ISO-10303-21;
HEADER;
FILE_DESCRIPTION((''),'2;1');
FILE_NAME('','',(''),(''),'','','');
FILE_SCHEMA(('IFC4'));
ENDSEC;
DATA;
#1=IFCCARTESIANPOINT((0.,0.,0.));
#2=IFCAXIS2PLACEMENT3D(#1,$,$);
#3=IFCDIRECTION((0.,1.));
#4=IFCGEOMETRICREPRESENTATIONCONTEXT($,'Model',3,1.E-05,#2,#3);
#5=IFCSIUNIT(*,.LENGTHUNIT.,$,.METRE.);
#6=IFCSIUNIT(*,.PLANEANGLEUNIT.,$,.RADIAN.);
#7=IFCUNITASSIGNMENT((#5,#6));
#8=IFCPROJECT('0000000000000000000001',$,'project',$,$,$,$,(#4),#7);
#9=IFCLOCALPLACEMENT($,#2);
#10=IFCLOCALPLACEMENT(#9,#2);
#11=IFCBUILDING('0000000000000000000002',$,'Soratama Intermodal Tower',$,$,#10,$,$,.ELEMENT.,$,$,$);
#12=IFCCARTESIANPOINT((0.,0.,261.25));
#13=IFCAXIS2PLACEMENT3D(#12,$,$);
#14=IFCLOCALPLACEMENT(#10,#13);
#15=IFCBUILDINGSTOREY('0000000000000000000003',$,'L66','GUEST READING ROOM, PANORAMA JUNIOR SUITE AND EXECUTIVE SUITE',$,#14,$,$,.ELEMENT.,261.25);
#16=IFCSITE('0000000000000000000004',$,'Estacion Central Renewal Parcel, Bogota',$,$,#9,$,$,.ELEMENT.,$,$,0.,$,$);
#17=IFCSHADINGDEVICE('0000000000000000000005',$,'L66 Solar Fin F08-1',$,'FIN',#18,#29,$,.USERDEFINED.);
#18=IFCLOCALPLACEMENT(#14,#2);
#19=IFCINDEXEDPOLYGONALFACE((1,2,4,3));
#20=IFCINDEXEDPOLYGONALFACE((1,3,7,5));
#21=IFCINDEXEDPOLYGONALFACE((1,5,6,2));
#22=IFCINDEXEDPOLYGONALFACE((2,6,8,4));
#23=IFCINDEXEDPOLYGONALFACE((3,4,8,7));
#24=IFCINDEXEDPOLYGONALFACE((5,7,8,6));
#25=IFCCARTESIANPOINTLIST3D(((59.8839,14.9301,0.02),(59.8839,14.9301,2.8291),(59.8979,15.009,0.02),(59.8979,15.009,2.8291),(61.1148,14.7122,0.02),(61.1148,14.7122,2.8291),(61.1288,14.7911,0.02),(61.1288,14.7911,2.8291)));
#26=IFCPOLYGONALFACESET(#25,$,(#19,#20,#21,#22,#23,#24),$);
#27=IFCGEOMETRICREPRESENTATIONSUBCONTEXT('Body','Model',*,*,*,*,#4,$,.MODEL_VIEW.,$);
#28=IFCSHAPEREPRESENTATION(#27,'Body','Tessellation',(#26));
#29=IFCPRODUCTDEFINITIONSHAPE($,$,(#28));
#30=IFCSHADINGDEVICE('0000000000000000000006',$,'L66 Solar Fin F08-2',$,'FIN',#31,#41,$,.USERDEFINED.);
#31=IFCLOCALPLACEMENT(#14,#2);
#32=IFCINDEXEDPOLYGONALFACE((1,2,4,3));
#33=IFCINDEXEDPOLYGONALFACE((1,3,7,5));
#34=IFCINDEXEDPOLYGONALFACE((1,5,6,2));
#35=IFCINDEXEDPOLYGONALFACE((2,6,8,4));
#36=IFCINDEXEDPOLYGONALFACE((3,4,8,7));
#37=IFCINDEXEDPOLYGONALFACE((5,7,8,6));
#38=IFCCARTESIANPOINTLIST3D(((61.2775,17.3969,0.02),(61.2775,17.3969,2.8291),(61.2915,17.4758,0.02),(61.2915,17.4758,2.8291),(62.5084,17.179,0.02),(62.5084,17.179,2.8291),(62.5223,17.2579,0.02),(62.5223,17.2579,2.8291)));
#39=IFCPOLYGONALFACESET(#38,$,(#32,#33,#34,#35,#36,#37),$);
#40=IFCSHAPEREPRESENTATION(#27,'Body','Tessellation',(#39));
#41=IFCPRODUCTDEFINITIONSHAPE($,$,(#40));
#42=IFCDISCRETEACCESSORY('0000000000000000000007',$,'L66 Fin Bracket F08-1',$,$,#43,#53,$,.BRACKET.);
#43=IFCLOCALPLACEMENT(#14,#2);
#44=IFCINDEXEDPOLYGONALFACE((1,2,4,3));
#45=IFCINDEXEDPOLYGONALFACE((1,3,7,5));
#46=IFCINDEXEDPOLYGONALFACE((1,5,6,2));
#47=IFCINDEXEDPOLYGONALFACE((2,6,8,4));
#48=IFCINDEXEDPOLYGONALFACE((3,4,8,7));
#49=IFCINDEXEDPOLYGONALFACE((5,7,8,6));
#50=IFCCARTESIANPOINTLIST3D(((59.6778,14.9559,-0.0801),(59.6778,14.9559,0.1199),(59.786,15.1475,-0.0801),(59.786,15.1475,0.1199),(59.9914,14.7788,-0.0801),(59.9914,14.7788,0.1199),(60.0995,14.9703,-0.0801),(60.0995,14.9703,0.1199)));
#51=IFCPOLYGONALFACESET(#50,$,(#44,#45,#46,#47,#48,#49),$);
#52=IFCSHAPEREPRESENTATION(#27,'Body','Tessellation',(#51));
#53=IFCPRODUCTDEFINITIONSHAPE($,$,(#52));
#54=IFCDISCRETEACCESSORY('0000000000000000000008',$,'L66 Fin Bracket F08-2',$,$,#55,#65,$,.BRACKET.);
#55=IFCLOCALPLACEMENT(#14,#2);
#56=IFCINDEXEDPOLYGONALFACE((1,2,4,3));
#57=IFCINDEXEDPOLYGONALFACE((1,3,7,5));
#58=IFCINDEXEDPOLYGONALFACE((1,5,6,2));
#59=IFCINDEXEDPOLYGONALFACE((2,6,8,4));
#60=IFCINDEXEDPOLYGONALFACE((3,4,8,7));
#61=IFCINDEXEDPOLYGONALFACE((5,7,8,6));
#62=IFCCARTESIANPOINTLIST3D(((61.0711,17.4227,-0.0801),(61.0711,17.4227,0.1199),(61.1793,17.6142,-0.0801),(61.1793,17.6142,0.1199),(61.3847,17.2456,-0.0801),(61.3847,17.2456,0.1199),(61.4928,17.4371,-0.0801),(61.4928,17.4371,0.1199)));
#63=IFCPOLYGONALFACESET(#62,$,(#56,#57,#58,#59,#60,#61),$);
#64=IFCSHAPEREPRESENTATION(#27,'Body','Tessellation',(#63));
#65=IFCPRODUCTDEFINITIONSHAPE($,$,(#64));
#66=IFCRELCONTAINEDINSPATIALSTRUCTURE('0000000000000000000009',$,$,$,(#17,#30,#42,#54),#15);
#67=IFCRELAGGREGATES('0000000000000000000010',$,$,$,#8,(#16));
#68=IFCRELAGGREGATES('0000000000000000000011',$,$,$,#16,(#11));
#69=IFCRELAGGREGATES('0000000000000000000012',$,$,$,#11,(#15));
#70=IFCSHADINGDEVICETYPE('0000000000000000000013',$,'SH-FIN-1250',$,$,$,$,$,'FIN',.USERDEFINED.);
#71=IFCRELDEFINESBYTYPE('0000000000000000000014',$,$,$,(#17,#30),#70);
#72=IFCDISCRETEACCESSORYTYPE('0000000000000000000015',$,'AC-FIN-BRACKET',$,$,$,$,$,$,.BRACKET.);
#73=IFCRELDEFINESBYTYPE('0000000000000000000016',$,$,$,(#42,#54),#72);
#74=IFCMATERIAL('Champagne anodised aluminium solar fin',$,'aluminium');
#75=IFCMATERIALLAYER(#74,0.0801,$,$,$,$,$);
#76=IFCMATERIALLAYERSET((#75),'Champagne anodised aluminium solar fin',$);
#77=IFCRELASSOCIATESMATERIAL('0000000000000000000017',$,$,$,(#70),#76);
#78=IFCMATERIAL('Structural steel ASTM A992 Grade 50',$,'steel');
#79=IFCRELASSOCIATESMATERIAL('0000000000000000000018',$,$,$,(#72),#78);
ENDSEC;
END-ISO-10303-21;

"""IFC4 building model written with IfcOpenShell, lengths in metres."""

from ifc_helpers import new_model, si_unit, direction, frame, origin, origin_2d, place, context, subcontext, project, spatial, rectangle, extrude, material, layer, layer_set, type_object, element, save


model = new_model("IFC4")

# Units and contexts
model_context = context("Model", 3, precision=1e-05, world=origin(), true_north=direction((0.0, 1.0)))
body_context = subcontext(model_context, "Body", "Model", "MODEL_VIEW")
ifc_project = project(units=[si_unit("LENGTHUNIT", "METRE"), si_unit("PLANEANGLEUNIT", "RADIAN")], contexts=[model_context])

# Site, building, storey
site_placement = place(None, origin())
site = spatial("IfcSite", under=ifc_project, at=site_placement, Name="Estacion Central Renewal Parcel, Bogota", CompositionType="ELEMENT", RefElevation=0.0)
building_placement = place(site_placement, origin())
building = spatial("IfcBuilding", under=site, at=building_placement, Name="Soratama Intermodal Tower", CompositionType="ELEMENT")
storey_placement = place(building_placement, frame((0.0, 0.0, 261.25)))
storey = spatial("IfcBuildingStorey", under=building, at=storey_placement, Name="L66", Description="GUEST READING ROOM, PANORAMA JUNIOR SUITE AND EXECUTIVE SUITE", CompositionType="ELEMENT", Elevation=261.25)

# Shading devices
ifc_material_1 = material(Name="Champagne anodised aluminium solar fin", Category="aluminium")
ifc_layer_1 = layer(ifc_material_1, 0.0801)
ifc_layer_set_1 = layer_set([ifc_layer_1], Name="Champagne anodised aluminium solar fin")
shading_device_type = type_object("IfcShadingDeviceType", Name="SH-FIN-1250", ElementType="FIN", PredefinedType="USERDEFINED", material=ifc_layer_set_1)
for number, where, z_axis, x_axis, name in (
    (1, (60.5063, 14.8606, 0.02), (0.0, 0.0, 1.0), (0.984686, -0.174336, 0.0), "L66 Solar Fin F08-1"),
    (2, (61.8999, 17.3274, 0.02), (0.0, 0.0, 1.0), (0.984686, -0.174336, 0.0), "L66 Solar Fin F08-2"),
):
    element("IfcShadingDevice", number, at=place(storey_placement, frame(where, z_axis=z_axis, x_axis=x_axis)), inside=storey, type_object=shading_device_type, Name=name, ObjectType="FIN", PredefinedType="USERDEFINED", context=body_context, shape_type="SweptSolid", body=[
        extrude(rectangle(XDim=1.25, YDim=0.0801, at=origin_2d()), origin(), (0.0, 0.0, 1.0), 2.8091),
    ])

# Discrete accessories
ifc_material_2 = material(Name="Structural steel ASTM A992 Grade 50", Category="steel")
discrete_accessory_type = type_object("IfcDiscreteAccessoryType", Name="AC-FIN-BRACKET", PredefinedType="BRACKET", material=ifc_material_2)
for number, where, z_axis, x_axis, name in (
    (3, (59.8887, 14.9631, -0.0801), (0.0, 0.0, 1.0), (0.870699, -0.491816, 0.0), "L66 Fin Bracket F08-1"),
    (4, (61.282, 17.4299, -0.0801), (0.0, 0.0, 1.0), (0.870699, -0.491816, 0.0), "L66 Fin Bracket F08-2"),
):
    element("IfcDiscreteAccessory", number, at=place(storey_placement, frame(where, z_axis=z_axis, x_axis=x_axis)), inside=storey, type_object=discrete_accessory_type, Name=name, PredefinedType="BRACKET", context=body_context, shape_type="SweptSolid", body=[
        extrude(rectangle(XDim=0.3601, YDim=0.22, at=origin_2d()), origin(), (0.0, 0.0, 1.0), 0.2),
    ])

save(model, "model.ifc")
